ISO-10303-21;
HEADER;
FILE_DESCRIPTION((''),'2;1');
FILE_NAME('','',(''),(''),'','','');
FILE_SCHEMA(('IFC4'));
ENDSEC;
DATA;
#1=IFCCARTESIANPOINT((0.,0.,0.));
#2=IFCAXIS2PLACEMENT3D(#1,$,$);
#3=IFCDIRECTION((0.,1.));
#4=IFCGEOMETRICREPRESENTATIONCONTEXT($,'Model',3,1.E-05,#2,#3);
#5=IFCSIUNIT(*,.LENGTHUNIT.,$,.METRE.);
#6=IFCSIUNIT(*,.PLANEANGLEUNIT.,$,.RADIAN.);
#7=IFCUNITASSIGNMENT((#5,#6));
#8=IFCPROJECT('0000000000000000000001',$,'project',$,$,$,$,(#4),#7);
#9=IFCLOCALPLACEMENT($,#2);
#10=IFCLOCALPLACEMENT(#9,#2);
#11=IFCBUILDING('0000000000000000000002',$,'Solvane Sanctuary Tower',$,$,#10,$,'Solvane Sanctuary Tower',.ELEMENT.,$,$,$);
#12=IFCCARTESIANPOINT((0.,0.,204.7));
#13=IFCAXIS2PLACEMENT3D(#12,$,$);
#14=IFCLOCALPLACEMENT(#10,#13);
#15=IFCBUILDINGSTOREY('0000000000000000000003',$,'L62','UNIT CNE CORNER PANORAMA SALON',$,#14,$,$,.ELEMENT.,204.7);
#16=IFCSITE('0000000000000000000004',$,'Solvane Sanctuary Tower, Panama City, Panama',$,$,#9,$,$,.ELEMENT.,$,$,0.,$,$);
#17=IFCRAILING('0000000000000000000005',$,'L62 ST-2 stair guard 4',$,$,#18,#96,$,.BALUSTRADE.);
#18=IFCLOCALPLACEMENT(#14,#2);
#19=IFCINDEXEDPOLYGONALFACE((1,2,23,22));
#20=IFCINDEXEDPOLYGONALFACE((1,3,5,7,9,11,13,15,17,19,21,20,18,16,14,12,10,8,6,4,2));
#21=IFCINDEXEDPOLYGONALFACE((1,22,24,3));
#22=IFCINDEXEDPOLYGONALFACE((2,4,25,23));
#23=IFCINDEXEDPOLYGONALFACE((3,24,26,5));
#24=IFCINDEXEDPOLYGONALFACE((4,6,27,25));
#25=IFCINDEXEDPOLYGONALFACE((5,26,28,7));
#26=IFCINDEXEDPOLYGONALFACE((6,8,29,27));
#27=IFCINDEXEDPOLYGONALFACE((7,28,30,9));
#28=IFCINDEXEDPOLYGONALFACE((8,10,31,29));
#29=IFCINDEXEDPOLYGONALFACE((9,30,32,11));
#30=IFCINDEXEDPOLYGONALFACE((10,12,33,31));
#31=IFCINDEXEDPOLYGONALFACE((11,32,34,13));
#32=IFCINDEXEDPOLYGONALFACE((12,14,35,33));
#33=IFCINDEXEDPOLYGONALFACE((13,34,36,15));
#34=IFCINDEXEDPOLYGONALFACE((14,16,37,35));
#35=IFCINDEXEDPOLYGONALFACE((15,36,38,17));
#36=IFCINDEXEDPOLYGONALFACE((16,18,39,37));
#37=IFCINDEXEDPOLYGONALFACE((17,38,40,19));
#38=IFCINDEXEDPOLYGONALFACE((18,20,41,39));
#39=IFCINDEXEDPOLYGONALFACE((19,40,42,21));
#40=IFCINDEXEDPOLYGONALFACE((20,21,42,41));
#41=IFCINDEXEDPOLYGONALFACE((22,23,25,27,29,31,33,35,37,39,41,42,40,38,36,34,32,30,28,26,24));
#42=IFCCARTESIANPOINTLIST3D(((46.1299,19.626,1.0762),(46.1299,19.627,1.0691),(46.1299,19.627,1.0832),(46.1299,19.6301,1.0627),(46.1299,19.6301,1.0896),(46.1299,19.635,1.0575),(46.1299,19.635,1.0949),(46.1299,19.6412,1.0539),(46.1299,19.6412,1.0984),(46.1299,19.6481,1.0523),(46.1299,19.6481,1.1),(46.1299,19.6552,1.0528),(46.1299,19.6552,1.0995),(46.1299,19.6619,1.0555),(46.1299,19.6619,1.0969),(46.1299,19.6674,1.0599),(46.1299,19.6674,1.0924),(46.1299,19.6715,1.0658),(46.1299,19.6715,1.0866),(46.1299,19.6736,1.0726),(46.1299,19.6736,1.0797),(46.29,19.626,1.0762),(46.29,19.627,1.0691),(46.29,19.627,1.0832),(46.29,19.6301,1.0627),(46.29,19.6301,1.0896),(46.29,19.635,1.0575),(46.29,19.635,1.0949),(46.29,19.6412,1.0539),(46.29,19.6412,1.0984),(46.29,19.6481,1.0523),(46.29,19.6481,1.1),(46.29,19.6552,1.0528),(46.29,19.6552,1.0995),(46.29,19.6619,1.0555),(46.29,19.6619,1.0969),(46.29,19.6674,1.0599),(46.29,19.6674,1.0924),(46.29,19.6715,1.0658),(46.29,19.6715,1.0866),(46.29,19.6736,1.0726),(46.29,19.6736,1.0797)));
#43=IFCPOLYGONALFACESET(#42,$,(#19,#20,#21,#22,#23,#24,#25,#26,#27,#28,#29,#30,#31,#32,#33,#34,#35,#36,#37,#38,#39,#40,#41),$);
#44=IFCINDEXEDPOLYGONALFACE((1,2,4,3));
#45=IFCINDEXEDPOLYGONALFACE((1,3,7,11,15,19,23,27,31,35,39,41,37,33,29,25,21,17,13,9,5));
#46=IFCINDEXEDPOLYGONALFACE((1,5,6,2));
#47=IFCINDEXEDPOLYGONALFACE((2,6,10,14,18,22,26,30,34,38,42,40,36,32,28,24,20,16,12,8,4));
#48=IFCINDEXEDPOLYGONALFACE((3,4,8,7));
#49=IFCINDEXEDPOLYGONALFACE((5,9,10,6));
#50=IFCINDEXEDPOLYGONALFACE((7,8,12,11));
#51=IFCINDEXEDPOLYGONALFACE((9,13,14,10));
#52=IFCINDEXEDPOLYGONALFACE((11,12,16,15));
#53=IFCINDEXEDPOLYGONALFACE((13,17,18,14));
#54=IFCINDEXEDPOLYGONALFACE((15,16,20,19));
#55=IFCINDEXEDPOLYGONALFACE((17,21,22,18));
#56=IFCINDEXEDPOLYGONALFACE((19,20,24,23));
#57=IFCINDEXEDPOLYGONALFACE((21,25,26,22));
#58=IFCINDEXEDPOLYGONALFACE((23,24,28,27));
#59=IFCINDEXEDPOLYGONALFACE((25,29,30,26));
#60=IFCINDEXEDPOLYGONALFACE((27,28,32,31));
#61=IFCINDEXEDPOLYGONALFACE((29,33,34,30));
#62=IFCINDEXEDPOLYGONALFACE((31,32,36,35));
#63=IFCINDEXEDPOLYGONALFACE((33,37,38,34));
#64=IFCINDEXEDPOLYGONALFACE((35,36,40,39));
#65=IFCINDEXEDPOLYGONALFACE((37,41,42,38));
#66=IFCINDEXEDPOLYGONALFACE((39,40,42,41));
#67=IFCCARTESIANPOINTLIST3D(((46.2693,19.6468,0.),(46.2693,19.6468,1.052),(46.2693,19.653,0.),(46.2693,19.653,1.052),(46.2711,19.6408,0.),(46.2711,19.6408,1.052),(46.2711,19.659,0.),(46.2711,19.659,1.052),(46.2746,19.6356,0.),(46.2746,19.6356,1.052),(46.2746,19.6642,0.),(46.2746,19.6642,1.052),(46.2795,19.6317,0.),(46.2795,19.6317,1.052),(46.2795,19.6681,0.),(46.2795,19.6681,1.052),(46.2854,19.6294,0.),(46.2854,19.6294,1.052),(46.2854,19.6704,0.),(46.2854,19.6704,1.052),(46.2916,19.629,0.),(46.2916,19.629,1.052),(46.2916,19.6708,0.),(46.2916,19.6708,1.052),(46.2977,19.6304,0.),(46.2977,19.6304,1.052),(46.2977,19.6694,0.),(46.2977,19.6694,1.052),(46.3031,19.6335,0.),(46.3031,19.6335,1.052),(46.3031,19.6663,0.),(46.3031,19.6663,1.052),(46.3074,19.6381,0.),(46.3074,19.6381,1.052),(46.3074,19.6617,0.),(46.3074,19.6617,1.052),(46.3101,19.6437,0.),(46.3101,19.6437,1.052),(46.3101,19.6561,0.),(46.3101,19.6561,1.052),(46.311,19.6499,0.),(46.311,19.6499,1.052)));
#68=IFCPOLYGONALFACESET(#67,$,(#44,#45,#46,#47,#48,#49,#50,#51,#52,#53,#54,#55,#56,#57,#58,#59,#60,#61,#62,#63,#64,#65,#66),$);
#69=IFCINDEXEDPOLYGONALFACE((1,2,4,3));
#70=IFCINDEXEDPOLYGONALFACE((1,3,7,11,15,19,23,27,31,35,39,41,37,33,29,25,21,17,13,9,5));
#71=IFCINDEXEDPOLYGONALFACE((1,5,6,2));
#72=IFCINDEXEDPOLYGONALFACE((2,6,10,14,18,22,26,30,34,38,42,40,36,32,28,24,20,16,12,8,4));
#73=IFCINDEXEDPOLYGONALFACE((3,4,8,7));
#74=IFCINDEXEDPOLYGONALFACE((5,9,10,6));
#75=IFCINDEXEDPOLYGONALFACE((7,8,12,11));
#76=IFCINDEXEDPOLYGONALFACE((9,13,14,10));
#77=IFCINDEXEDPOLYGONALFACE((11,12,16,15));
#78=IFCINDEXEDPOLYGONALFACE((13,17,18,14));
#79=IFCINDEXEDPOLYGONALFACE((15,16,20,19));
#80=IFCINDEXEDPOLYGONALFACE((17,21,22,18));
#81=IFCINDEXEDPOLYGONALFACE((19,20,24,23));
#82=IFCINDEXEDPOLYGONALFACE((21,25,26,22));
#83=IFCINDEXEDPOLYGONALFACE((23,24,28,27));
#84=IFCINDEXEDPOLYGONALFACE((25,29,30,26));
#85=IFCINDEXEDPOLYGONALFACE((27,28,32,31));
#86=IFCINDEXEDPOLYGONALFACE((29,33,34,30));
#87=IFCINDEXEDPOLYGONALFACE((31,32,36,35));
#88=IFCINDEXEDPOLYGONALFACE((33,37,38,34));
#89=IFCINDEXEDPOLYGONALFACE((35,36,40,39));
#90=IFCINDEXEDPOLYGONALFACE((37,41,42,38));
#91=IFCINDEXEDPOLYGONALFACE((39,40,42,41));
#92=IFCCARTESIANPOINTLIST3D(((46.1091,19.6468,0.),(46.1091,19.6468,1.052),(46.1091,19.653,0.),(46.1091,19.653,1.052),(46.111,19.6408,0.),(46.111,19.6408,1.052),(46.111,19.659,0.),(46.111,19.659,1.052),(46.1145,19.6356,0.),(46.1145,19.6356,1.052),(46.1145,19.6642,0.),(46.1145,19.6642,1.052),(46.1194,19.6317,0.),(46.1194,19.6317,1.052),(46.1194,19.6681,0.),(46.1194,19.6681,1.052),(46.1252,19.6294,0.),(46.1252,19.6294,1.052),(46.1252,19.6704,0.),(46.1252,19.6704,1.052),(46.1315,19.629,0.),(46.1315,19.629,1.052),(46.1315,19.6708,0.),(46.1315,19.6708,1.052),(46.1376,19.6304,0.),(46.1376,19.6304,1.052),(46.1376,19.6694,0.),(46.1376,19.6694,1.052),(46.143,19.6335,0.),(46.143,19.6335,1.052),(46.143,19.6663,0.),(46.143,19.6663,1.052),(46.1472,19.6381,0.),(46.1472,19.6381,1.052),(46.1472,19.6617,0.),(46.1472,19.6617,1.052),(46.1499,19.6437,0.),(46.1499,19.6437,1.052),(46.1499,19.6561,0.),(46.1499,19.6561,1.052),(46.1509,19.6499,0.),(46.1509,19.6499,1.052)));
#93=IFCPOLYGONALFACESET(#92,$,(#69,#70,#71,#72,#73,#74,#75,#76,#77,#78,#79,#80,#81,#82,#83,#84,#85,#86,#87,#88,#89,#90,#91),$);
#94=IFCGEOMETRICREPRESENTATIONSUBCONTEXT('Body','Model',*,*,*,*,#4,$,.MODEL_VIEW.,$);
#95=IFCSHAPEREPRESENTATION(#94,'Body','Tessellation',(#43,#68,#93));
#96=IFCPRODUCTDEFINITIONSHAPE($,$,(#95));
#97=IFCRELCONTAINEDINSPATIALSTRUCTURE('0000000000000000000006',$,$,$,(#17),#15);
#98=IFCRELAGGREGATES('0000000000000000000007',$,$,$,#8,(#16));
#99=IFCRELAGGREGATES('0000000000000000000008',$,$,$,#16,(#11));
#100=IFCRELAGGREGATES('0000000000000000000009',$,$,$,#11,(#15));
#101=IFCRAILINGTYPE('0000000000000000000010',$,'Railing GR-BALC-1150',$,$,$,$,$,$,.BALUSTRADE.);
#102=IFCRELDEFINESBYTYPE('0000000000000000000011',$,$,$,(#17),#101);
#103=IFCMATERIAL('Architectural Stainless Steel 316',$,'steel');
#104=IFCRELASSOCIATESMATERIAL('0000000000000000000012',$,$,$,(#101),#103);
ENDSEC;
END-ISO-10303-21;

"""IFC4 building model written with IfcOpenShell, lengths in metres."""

from ifc_helpers import new_model, si_unit, direction, frame, origin, origin_2d, place, context, subcontext, project, spatial, circle, extrude, material, type_object, element, save


model = new_model("IFC4")

# Units and contexts
model_context = context("Model", 3, precision=1e-05, world=origin(), true_north=direction((0.0, 1.0)))
body_context = subcontext(model_context, "Body", "Model", "MODEL_VIEW")
ifc_project = project(units=[si_unit("LENGTHUNIT", "METRE"), si_unit("PLANEANGLEUNIT", "RADIAN")], contexts=[model_context])

# Site, building, storey
site_placement = place(None, origin())
site = spatial("IfcSite", under=ifc_project, at=site_placement, Name="Solvane Sanctuary Tower, Panama City, Panama", CompositionType="ELEMENT", RefElevation=0.0)
building_placement = place(site_placement, origin())
building = spatial("IfcBuilding", under=site, at=building_placement, Name="Solvane Sanctuary Tower", LongName="Solvane Sanctuary Tower", CompositionType="ELEMENT")
storey_placement = place(building_placement, frame((0.0, 0.0, 204.7)))
storey = spatial("IfcBuildingStorey", under=building, at=storey_placement, Name="L62", Description="UNIT CNE CORNER PANORAMA SALON", CompositionType="ELEMENT", Elevation=204.7)

# Shared definitions
ifc_material_1 = material(Name="Architectural Stainless Steel 316", Category="steel")

# Railing
railing_type_1 = type_object("IfcRailingType", Name="Railing GR-BALC-1150", PredefinedType="BALUSTRADE", material=ifc_material_1)
railing_1_placement = place(storey_placement, frame((46.29, 19.6499, 0.0)))
element("IfcRailing", 1, at=railing_1_placement, inside=storey, type_object=railing_type_1, Name="L62 ST-2 stair guard 4", PredefinedType="BALUSTRADE", context=body_context, shape_type="SweptSolid", body=[
    extrude(circle(Radius=0.0239, at=origin_2d()), frame((0.0, 0.0, 1.0762), z_axis=(-1.0, 0.0, 0.0), x_axis=(0.0, -1.0, 0.0)), (0.0, 0.0, 1.0), 0.1602),
    extrude(circle(Radius=0.021, at=origin_2d()), origin(), (0.0, 0.0, 1.0), 1.052),
    extrude(circle(Radius=0.021, at=origin_2d()), frame((-0.1602, 0.0, 0.0)), (0.0, 0.0, 1.0), 1.052),
])

save(model, "model.ifc")
